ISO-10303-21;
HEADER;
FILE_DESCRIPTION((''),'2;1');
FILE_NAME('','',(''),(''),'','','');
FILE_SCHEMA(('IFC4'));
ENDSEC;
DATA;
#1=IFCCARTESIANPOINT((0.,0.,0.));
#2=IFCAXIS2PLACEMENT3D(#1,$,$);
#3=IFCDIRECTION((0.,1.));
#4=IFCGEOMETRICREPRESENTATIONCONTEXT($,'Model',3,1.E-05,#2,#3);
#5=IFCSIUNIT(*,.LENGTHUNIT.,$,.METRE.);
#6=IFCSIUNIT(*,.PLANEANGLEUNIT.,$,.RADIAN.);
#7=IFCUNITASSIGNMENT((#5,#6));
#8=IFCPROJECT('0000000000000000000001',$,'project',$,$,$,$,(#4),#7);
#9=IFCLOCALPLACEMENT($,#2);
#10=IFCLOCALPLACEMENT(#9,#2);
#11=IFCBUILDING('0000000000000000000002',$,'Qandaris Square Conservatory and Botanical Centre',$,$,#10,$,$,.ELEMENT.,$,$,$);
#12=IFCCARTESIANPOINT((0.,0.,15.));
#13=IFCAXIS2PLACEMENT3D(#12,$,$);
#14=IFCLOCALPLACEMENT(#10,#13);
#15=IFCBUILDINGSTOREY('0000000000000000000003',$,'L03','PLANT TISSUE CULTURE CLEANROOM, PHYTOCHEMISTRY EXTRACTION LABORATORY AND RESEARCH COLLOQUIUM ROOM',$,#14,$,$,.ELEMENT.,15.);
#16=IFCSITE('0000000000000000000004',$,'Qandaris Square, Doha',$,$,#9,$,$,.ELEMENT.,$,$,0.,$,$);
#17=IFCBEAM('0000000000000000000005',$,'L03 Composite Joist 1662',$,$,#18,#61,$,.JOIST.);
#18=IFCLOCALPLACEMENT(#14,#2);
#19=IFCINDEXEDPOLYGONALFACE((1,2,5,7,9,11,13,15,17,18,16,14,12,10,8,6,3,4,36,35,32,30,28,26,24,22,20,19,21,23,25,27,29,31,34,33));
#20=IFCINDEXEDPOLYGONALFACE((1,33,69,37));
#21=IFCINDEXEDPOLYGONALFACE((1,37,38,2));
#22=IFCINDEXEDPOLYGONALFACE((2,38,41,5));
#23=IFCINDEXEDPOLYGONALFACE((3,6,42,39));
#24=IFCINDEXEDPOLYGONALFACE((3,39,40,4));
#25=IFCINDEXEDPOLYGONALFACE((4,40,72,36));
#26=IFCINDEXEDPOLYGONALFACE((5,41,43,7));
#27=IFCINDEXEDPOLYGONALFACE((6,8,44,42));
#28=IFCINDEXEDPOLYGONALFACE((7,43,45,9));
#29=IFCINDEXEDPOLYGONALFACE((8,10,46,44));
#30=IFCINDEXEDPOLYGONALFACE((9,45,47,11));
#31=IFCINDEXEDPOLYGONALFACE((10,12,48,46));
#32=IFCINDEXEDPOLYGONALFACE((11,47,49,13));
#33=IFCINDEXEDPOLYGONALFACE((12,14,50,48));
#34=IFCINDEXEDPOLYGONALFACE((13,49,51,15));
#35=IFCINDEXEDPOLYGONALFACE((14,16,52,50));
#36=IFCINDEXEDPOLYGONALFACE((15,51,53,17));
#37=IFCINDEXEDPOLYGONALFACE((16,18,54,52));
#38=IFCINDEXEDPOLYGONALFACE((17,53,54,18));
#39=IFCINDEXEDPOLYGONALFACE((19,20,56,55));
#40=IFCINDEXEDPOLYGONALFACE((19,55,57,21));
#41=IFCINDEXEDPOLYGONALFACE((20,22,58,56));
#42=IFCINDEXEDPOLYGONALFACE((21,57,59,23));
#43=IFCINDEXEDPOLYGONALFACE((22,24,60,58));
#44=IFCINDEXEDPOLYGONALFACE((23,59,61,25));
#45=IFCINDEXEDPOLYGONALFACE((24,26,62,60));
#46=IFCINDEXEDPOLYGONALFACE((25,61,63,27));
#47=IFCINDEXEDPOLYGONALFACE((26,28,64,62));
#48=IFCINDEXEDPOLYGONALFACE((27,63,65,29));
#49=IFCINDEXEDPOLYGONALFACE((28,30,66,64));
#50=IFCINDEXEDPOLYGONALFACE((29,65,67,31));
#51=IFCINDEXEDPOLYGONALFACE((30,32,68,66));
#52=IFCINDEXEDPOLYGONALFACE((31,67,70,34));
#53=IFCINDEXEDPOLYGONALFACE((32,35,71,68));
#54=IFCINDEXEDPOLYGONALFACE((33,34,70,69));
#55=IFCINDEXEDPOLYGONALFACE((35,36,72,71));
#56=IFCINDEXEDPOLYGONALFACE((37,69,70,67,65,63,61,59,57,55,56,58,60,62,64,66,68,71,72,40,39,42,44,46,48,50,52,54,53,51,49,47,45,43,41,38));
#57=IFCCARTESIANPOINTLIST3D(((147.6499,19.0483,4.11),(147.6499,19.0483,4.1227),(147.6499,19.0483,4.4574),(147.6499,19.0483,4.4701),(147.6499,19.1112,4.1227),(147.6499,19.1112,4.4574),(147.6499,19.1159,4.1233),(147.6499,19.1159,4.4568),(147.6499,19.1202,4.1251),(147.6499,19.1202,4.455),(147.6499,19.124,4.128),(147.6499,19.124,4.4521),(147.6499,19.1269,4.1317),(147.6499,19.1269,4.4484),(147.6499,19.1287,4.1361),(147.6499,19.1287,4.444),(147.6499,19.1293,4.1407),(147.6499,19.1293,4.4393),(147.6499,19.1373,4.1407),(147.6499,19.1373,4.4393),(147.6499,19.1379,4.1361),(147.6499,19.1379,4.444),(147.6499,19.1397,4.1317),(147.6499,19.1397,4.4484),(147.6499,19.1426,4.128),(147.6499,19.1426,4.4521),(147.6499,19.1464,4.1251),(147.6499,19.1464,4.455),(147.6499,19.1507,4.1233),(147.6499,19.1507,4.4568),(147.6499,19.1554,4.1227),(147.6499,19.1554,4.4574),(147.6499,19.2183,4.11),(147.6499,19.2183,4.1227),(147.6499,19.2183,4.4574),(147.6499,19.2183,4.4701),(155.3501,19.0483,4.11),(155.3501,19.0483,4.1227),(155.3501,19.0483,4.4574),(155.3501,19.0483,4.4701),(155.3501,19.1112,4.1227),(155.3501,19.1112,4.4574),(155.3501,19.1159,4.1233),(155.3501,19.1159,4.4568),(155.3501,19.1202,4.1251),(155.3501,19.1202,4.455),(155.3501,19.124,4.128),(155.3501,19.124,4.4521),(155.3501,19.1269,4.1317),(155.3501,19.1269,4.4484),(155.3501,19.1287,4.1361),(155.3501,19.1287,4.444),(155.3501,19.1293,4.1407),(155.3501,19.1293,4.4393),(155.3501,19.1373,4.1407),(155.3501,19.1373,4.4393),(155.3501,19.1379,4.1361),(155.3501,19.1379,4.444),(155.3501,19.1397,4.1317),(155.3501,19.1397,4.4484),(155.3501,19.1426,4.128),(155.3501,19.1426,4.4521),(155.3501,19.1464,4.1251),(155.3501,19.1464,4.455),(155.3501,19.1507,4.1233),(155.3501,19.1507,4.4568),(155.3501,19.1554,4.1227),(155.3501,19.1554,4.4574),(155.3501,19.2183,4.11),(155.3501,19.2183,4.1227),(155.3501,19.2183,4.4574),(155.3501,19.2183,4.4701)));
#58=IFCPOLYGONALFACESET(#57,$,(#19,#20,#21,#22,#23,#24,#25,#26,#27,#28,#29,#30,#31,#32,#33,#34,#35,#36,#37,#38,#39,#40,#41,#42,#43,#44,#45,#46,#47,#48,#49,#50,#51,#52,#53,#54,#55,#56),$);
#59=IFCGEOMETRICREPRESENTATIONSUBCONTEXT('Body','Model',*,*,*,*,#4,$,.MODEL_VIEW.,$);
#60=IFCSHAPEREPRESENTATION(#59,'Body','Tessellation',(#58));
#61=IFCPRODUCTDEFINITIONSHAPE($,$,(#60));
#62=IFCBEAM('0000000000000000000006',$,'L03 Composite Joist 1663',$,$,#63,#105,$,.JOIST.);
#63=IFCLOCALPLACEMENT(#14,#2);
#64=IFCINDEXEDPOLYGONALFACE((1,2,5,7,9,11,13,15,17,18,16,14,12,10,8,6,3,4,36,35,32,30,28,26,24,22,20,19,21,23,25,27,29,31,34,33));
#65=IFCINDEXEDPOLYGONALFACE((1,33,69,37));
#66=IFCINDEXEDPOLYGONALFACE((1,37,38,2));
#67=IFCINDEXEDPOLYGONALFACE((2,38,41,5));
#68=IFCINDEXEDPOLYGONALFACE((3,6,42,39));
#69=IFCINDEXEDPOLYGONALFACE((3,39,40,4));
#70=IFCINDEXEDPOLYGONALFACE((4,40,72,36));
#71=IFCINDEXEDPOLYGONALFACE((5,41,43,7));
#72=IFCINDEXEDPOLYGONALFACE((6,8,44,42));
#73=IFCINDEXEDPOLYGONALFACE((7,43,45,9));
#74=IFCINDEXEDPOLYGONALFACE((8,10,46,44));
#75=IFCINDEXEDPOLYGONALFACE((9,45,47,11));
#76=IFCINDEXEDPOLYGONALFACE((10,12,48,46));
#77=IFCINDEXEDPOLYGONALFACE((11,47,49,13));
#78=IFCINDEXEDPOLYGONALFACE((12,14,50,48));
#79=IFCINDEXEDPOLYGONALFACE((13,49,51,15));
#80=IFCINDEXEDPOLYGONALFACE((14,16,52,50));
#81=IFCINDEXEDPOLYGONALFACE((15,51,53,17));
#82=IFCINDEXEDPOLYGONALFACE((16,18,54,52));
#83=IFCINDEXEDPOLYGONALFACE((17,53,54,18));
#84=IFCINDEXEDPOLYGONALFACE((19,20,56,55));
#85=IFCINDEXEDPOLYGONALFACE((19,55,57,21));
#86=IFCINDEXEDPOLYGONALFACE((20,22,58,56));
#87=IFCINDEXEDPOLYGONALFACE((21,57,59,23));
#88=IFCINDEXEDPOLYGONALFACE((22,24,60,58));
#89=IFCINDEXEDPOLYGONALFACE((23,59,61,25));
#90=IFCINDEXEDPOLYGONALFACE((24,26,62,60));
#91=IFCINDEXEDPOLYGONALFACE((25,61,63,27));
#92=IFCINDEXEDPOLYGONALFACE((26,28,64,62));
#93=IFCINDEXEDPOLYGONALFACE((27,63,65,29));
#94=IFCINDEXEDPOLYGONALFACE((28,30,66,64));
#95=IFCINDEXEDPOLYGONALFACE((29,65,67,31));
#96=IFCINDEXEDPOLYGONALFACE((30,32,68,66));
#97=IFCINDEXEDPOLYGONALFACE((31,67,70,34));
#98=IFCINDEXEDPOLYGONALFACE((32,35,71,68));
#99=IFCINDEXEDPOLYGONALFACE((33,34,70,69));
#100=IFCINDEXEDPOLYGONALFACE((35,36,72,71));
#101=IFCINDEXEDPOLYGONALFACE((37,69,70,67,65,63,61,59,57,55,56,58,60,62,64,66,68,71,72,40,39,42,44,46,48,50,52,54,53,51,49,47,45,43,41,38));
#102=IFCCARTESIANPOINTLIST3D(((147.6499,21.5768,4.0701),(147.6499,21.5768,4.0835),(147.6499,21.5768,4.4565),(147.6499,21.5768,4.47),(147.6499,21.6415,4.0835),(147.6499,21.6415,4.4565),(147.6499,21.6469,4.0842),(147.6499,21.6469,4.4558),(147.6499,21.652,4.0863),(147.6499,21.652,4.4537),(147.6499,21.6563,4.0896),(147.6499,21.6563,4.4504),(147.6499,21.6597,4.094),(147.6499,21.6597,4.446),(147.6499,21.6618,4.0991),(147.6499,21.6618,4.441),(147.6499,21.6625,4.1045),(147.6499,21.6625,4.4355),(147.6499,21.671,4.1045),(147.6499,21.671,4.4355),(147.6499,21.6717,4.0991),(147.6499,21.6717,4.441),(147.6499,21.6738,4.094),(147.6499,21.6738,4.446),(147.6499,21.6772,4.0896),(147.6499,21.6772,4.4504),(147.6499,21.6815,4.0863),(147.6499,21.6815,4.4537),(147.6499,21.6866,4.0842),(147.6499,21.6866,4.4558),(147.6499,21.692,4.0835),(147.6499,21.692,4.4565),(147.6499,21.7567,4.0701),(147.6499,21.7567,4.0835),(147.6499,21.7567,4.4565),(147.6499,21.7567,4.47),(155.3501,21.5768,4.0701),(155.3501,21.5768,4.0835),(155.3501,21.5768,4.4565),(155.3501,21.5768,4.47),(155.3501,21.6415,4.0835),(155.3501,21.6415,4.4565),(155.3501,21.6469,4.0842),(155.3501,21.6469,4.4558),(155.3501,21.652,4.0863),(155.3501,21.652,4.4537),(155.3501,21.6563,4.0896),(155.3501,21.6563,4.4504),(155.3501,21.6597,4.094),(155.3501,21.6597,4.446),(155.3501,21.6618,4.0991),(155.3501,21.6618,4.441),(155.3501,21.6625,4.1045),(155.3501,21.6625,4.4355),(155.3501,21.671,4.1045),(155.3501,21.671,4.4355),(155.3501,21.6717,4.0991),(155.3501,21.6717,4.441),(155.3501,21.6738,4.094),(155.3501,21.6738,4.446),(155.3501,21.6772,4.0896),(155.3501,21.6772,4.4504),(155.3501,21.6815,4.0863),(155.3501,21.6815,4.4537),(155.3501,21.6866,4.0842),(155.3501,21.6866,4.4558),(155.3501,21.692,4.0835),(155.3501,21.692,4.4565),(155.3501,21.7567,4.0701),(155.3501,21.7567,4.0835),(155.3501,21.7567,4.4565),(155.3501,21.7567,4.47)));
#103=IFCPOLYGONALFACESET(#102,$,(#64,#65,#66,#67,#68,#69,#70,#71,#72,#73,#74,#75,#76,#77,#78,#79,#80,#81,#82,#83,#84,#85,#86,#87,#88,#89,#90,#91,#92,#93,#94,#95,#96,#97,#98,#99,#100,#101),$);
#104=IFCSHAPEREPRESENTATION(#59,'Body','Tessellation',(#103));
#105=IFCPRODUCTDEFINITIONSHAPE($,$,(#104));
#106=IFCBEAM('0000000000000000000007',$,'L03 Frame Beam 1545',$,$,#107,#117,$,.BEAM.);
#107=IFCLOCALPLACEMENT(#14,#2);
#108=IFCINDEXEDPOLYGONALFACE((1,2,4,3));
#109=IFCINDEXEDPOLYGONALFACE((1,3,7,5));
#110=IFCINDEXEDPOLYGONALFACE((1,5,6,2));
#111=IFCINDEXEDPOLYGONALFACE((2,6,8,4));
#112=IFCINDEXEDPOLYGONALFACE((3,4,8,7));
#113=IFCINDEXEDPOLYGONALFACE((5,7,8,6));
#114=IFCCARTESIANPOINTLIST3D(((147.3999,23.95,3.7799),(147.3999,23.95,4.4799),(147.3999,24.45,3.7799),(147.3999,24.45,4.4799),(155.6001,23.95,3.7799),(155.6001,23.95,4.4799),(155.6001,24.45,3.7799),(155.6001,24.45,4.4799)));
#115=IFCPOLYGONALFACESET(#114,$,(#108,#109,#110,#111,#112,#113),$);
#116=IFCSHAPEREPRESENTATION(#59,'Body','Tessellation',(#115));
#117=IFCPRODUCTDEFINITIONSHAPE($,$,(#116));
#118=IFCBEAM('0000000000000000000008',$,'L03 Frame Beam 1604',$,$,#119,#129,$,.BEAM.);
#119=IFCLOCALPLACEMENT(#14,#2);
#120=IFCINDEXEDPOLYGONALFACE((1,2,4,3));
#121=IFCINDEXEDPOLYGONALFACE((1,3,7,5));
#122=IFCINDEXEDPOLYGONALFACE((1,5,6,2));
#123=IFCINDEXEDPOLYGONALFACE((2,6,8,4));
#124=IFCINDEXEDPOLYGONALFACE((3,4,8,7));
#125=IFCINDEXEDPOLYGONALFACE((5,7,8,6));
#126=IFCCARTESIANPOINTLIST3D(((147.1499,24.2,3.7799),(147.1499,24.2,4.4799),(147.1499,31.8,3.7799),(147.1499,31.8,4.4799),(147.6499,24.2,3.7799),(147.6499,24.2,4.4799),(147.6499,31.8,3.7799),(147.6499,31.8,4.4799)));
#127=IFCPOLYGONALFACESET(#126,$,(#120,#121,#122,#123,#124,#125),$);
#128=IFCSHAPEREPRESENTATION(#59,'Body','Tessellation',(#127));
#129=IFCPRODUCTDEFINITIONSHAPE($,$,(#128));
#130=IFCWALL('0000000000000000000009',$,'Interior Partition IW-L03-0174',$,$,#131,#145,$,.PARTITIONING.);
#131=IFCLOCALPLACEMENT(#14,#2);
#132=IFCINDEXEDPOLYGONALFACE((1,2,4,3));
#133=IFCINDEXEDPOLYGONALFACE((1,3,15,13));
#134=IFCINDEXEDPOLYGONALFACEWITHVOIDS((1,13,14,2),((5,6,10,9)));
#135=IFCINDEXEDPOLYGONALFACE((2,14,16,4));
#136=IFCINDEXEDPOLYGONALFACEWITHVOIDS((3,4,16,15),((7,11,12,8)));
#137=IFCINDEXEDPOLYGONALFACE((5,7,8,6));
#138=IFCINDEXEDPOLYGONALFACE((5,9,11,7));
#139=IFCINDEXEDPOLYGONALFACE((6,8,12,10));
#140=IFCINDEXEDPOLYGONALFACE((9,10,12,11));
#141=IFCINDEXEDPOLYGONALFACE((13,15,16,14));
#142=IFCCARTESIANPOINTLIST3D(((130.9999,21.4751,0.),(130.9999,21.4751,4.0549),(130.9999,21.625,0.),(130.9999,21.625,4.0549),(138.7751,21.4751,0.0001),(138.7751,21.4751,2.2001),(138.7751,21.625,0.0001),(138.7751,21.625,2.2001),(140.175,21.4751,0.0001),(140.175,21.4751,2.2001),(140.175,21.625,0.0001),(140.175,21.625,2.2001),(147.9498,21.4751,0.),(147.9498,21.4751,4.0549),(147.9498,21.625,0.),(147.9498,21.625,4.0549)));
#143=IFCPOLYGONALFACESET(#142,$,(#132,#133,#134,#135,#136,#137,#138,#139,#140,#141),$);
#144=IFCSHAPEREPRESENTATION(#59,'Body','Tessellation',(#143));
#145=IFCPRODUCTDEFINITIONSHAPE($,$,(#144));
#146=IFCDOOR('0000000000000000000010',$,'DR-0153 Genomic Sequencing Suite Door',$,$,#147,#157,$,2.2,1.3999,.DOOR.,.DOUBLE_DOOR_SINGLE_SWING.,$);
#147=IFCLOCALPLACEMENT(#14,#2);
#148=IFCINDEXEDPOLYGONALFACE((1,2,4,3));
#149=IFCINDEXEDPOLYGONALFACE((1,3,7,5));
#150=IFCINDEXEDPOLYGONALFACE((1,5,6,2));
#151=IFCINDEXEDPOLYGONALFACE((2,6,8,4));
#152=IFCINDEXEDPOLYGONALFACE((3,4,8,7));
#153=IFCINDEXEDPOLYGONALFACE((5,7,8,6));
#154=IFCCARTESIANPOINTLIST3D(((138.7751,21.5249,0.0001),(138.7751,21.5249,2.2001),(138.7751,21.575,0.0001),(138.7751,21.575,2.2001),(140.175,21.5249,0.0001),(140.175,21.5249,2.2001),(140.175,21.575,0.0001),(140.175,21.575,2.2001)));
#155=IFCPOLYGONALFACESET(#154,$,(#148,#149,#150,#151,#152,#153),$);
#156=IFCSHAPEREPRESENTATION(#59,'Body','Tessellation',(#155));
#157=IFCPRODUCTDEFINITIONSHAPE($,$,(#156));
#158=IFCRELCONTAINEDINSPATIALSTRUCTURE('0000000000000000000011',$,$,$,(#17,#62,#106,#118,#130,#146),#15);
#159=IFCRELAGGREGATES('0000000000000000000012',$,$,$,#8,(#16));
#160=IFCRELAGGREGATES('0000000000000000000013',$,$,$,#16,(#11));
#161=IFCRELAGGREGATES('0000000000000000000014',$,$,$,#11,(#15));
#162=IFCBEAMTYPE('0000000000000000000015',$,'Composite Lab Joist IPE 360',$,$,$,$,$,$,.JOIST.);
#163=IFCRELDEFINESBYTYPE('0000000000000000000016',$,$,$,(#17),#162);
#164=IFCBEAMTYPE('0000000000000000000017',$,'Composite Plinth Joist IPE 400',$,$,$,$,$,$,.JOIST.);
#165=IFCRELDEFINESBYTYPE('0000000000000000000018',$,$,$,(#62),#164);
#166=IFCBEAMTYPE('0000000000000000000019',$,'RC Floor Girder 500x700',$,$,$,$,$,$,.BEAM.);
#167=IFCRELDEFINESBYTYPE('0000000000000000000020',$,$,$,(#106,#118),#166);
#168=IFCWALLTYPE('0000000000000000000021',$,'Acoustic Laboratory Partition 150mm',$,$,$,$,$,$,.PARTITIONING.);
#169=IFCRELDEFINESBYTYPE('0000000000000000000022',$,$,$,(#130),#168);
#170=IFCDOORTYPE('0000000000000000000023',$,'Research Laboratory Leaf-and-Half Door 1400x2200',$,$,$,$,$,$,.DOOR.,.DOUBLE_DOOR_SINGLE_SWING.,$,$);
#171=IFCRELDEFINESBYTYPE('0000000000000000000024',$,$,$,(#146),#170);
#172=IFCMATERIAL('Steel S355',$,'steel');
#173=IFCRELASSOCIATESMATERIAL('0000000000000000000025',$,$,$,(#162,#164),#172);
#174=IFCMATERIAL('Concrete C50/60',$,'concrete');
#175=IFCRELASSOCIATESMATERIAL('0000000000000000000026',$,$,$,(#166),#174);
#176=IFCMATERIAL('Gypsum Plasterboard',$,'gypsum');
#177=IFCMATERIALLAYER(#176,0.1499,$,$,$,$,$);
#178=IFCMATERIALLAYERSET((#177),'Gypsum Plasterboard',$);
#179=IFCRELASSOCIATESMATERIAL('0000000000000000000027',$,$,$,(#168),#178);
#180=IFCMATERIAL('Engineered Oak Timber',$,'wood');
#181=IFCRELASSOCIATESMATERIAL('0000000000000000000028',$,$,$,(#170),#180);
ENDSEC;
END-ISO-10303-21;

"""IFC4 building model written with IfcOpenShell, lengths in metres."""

from ifc_helpers import new_model, si_unit, direction, frame, frame_2d, origin, origin_2d, place, context, subcontext, project, spatial, rectangle, i_section, extrude, material, layer, layer_set, material_profile, profile_set, type_object, element, fill, save


model = new_model("IFC4")

# Units and contexts
model_context = context("Model", 3, precision=1e-05, world=origin(), true_north=direction((0.0, 1.0)))
body_context = subcontext(model_context, "Body", "Model", "MODEL_VIEW")
ifc_project = project(units=[si_unit("LENGTHUNIT", "METRE"), si_unit("PLANEANGLEUNIT", "RADIAN")], contexts=[model_context])

# Site, building, storey
site_placement = place(None, origin())
site = spatial("IfcSite", under=ifc_project, at=site_placement, Name="Qandaris Square, Doha", CompositionType="ELEMENT", RefElevation=0.0)
building_placement = place(site_placement, origin())
building = spatial("IfcBuilding", under=site, at=building_placement, Name="Qandaris Square Conservatory and Botanical Centre", CompositionType="ELEMENT")
storey_placement = place(building_placement, frame((0.0, 0.0, 15.0)))
storey = spatial("IfcBuildingStorey", under=building, at=storey_placement, Name="L03", Description="PLANT TISSUE CULTURE CLEANROOM, PHYTOCHEMISTRY EXTRACTION LABORATORY AND RESEARCH COLLOQUIUM ROOM", CompositionType="ELEMENT", Elevation=15.0)

# Beams
ifc_material_1 = material(Name="Steel S355", Category="steel")
ifc_material_profile_1 = material_profile(ifc_material_1, i_section(OverallWidth=0.1699, OverallDepth=0.3601, WebThickness=0.0081, FlangeThickness=0.0127, FilletRadius=0.0181, at=origin_2d()), Name="IPE 360")
ifc_profile_set_1 = profile_set([ifc_material_profile_1], Name="Steel S355")
beam_type_1 = type_object("IfcBeamType", Name="Composite Lab Joist IPE 360", PredefinedType="JOIST", material=ifc_profile_set_1)
beam_1_placement = place(storey_placement, frame((147.6499, 19.1333, 4.29), z_axis=(1.0, 0.0, 0.0), x_axis=(0.0, 1.0, 0.0)))
element("IfcBeam", 1, at=beam_1_placement, inside=storey, type_object=beam_type_1, Name="L03 Composite Joist 1662", PredefinedType="JOIST", context=body_context, shape_type="SweptSolid", body=[
    extrude(i_section(OverallWidth=0.1699, OverallDepth=0.3601, WebThickness=0.0081, FlangeThickness=0.0127, FilletRadius=0.0181, at=origin_2d()), origin(), (0.0, 0.0, 1.0), 7.7002),
])
ifc_material_profile_2 = material_profile(ifc_material_1, i_section(OverallWidth=0.1799, OverallDepth=0.3999, WebThickness=0.0085, FlangeThickness=0.0134, FilletRadius=0.021, at=origin_2d()), Name="IPE 400")
ifc_profile_set_2 = profile_set([ifc_material_profile_2], Name="Steel S355")
beam_type_2 = type_object("IfcBeamType", Name="Composite Plinth Joist IPE 400", PredefinedType="JOIST", material=ifc_profile_set_2)
beam_2_placement = place(storey_placement, frame((147.6499, 21.6667, 4.27), z_axis=(1.0, 0.0, 0.0), x_axis=(0.0, 1.0, 0.0)))
element("IfcBeam", 2, at=beam_2_placement, inside=storey, type_object=beam_type_2, Name="L03 Composite Joist 1663", PredefinedType="JOIST", context=body_context, shape_type="SweptSolid", body=[
    extrude(i_section(OverallWidth=0.1799, OverallDepth=0.3999, WebThickness=0.0085, FlangeThickness=0.0134, FilletRadius=0.021, at=origin_2d()), origin(), (0.0, 0.0, 1.0), 7.7002),
])
ifc_material_2 = material(Name="Concrete C50/60", Category="concrete")
ifc_material_profile_3 = material_profile(ifc_material_2, rectangle(XDim=0.5, YDim=0.7, at=origin_2d()), Name="RC-BM 500x700")
ifc_profile_set_3 = profile_set([ifc_material_profile_3], Name="Concrete C50/60")
beam_type_3 = type_object("IfcBeamType", Name="RC Floor Girder 500x700", PredefinedType="BEAM", material=ifc_profile_set_3)
beam_3_placement = place(storey_placement, frame((147.3999, 24.2, 4.1299), z_axis=(1.0, 0.0, 0.0), x_axis=(0.0, 1.0, 0.0)))
element("IfcBeam", 3, at=beam_3_placement, inside=storey, type_object=beam_type_3, Name="L03 Frame Beam 1545", PredefinedType="BEAM", context=body_context, shape_type="SweptSolid", body=[
    extrude(rectangle(XDim=0.5, YDim=0.7, at=origin_2d()), origin(), (0.0, 0.0, 1.0), 8.2002),
])
beam_4_placement = place(storey_placement, frame((147.3999, 24.2, 4.1299), z_axis=(0.0, 1.0, 0.0), x_axis=(-1.0, 0.0, 0.0)))
element("IfcBeam", 4, at=beam_4_placement, inside=storey, type_object=beam_type_3, Name="L03 Frame Beam 1604", PredefinedType="BEAM", context=body_context, shape_type="SweptSolid", body=[
    extrude(rectangle(XDim=0.5, YDim=0.7, at=origin_2d()), origin(), (0.0, 0.0, 1.0), 7.6001),
])

# Wall, opening, door
ifc_material_3 = material(Name="Gypsum Plasterboard", Category="gypsum")
ifc_layer_1 = layer(ifc_material_3, 0.1499)
ifc_layer_set_1 = layer_set([ifc_layer_1], Name="Gypsum Plasterboard")
wall_type_1 = type_object("IfcWallType", Name="Acoustic Laboratory Partition 150mm", PredefinedType="PARTITIONING", material=ifc_layer_set_1)
wall_1_placement = place(storey_placement, frame((147.95, 21.55, 0.0), z_axis=(0.0, 0.0, 1.0), x_axis=(-1.0, 0.0, 0.0)))
wall_1 = element("IfcWall", 5, at=wall_1_placement, inside=storey, type_object=wall_type_1, Name="Interior Partition IW-L03-0174", PredefinedType="PARTITIONING", context=body_context, shape_type="SweptSolid", body=[
    extrude(rectangle(XDim=16.95, YDim=0.1499, at=frame_2d((8.4751, 0.0))), origin(), (0.0, 0.0, 1.0), 4.0549),
])
opening_1_placement = place(wall_1_placement, frame((7.7749, 0.0, 0.0)))
opening_1 = element("IfcOpeningElement", 6, at=opening_1_placement, cuts=wall_1, PredefinedType="OPENING", context=body_context, shape_type="SweptSolid", body=[
    extrude(rectangle(XDim=1.3999, YDim=2.2, at=frame_2d((0.7, 1.1001))), frame((0.0, 0.0869, 0.0), z_axis=(0.0, -1.0, 0.0), x_axis=(1.0, 0.0, 0.0)), (0.0, 0.0, 1.0), 0.1738),
])
ifc_material_4 = material(Name="Engineered Oak Timber", Category="wood")
door_type_1 = type_object("IfcDoorType", Name="Research Laboratory Leaf-and-Half Door 1400x2200", OperationType="DOUBLE_DOOR_SINGLE_SWING", PredefinedType="DOOR", material=ifc_material_4)
door_1_placement = place(opening_1_placement, frame((1.3999, 0.0, 0.0), z_axis=(0.0, 0.0, 1.0), x_axis=(-1.0, 0.0, 0.0)))
door_1 = element("IfcDoor", 7, at=door_1_placement, inside=storey, type_object=door_type_1, Name="DR-0153 Genomic Sequencing Suite Door", OperationType="DOUBLE_DOOR_SINGLE_SWING", OverallHeight=2.2, OverallWidth=1.3999, PredefinedType="DOOR", context=body_context, shape_type="SweptSolid", body=[
    extrude(rectangle(XDim=1.3999, YDim=2.2, at=frame_2d((0.7, 1.1001))), frame((0.0, 0.0249, 0.0), z_axis=(0.0, -1.0, 0.0), x_axis=(1.0, 0.0, 0.0)), (0.0, 0.0, 1.0), 0.05),
])
fill(opening_1, door_1)

save(model, "model.ifc")
